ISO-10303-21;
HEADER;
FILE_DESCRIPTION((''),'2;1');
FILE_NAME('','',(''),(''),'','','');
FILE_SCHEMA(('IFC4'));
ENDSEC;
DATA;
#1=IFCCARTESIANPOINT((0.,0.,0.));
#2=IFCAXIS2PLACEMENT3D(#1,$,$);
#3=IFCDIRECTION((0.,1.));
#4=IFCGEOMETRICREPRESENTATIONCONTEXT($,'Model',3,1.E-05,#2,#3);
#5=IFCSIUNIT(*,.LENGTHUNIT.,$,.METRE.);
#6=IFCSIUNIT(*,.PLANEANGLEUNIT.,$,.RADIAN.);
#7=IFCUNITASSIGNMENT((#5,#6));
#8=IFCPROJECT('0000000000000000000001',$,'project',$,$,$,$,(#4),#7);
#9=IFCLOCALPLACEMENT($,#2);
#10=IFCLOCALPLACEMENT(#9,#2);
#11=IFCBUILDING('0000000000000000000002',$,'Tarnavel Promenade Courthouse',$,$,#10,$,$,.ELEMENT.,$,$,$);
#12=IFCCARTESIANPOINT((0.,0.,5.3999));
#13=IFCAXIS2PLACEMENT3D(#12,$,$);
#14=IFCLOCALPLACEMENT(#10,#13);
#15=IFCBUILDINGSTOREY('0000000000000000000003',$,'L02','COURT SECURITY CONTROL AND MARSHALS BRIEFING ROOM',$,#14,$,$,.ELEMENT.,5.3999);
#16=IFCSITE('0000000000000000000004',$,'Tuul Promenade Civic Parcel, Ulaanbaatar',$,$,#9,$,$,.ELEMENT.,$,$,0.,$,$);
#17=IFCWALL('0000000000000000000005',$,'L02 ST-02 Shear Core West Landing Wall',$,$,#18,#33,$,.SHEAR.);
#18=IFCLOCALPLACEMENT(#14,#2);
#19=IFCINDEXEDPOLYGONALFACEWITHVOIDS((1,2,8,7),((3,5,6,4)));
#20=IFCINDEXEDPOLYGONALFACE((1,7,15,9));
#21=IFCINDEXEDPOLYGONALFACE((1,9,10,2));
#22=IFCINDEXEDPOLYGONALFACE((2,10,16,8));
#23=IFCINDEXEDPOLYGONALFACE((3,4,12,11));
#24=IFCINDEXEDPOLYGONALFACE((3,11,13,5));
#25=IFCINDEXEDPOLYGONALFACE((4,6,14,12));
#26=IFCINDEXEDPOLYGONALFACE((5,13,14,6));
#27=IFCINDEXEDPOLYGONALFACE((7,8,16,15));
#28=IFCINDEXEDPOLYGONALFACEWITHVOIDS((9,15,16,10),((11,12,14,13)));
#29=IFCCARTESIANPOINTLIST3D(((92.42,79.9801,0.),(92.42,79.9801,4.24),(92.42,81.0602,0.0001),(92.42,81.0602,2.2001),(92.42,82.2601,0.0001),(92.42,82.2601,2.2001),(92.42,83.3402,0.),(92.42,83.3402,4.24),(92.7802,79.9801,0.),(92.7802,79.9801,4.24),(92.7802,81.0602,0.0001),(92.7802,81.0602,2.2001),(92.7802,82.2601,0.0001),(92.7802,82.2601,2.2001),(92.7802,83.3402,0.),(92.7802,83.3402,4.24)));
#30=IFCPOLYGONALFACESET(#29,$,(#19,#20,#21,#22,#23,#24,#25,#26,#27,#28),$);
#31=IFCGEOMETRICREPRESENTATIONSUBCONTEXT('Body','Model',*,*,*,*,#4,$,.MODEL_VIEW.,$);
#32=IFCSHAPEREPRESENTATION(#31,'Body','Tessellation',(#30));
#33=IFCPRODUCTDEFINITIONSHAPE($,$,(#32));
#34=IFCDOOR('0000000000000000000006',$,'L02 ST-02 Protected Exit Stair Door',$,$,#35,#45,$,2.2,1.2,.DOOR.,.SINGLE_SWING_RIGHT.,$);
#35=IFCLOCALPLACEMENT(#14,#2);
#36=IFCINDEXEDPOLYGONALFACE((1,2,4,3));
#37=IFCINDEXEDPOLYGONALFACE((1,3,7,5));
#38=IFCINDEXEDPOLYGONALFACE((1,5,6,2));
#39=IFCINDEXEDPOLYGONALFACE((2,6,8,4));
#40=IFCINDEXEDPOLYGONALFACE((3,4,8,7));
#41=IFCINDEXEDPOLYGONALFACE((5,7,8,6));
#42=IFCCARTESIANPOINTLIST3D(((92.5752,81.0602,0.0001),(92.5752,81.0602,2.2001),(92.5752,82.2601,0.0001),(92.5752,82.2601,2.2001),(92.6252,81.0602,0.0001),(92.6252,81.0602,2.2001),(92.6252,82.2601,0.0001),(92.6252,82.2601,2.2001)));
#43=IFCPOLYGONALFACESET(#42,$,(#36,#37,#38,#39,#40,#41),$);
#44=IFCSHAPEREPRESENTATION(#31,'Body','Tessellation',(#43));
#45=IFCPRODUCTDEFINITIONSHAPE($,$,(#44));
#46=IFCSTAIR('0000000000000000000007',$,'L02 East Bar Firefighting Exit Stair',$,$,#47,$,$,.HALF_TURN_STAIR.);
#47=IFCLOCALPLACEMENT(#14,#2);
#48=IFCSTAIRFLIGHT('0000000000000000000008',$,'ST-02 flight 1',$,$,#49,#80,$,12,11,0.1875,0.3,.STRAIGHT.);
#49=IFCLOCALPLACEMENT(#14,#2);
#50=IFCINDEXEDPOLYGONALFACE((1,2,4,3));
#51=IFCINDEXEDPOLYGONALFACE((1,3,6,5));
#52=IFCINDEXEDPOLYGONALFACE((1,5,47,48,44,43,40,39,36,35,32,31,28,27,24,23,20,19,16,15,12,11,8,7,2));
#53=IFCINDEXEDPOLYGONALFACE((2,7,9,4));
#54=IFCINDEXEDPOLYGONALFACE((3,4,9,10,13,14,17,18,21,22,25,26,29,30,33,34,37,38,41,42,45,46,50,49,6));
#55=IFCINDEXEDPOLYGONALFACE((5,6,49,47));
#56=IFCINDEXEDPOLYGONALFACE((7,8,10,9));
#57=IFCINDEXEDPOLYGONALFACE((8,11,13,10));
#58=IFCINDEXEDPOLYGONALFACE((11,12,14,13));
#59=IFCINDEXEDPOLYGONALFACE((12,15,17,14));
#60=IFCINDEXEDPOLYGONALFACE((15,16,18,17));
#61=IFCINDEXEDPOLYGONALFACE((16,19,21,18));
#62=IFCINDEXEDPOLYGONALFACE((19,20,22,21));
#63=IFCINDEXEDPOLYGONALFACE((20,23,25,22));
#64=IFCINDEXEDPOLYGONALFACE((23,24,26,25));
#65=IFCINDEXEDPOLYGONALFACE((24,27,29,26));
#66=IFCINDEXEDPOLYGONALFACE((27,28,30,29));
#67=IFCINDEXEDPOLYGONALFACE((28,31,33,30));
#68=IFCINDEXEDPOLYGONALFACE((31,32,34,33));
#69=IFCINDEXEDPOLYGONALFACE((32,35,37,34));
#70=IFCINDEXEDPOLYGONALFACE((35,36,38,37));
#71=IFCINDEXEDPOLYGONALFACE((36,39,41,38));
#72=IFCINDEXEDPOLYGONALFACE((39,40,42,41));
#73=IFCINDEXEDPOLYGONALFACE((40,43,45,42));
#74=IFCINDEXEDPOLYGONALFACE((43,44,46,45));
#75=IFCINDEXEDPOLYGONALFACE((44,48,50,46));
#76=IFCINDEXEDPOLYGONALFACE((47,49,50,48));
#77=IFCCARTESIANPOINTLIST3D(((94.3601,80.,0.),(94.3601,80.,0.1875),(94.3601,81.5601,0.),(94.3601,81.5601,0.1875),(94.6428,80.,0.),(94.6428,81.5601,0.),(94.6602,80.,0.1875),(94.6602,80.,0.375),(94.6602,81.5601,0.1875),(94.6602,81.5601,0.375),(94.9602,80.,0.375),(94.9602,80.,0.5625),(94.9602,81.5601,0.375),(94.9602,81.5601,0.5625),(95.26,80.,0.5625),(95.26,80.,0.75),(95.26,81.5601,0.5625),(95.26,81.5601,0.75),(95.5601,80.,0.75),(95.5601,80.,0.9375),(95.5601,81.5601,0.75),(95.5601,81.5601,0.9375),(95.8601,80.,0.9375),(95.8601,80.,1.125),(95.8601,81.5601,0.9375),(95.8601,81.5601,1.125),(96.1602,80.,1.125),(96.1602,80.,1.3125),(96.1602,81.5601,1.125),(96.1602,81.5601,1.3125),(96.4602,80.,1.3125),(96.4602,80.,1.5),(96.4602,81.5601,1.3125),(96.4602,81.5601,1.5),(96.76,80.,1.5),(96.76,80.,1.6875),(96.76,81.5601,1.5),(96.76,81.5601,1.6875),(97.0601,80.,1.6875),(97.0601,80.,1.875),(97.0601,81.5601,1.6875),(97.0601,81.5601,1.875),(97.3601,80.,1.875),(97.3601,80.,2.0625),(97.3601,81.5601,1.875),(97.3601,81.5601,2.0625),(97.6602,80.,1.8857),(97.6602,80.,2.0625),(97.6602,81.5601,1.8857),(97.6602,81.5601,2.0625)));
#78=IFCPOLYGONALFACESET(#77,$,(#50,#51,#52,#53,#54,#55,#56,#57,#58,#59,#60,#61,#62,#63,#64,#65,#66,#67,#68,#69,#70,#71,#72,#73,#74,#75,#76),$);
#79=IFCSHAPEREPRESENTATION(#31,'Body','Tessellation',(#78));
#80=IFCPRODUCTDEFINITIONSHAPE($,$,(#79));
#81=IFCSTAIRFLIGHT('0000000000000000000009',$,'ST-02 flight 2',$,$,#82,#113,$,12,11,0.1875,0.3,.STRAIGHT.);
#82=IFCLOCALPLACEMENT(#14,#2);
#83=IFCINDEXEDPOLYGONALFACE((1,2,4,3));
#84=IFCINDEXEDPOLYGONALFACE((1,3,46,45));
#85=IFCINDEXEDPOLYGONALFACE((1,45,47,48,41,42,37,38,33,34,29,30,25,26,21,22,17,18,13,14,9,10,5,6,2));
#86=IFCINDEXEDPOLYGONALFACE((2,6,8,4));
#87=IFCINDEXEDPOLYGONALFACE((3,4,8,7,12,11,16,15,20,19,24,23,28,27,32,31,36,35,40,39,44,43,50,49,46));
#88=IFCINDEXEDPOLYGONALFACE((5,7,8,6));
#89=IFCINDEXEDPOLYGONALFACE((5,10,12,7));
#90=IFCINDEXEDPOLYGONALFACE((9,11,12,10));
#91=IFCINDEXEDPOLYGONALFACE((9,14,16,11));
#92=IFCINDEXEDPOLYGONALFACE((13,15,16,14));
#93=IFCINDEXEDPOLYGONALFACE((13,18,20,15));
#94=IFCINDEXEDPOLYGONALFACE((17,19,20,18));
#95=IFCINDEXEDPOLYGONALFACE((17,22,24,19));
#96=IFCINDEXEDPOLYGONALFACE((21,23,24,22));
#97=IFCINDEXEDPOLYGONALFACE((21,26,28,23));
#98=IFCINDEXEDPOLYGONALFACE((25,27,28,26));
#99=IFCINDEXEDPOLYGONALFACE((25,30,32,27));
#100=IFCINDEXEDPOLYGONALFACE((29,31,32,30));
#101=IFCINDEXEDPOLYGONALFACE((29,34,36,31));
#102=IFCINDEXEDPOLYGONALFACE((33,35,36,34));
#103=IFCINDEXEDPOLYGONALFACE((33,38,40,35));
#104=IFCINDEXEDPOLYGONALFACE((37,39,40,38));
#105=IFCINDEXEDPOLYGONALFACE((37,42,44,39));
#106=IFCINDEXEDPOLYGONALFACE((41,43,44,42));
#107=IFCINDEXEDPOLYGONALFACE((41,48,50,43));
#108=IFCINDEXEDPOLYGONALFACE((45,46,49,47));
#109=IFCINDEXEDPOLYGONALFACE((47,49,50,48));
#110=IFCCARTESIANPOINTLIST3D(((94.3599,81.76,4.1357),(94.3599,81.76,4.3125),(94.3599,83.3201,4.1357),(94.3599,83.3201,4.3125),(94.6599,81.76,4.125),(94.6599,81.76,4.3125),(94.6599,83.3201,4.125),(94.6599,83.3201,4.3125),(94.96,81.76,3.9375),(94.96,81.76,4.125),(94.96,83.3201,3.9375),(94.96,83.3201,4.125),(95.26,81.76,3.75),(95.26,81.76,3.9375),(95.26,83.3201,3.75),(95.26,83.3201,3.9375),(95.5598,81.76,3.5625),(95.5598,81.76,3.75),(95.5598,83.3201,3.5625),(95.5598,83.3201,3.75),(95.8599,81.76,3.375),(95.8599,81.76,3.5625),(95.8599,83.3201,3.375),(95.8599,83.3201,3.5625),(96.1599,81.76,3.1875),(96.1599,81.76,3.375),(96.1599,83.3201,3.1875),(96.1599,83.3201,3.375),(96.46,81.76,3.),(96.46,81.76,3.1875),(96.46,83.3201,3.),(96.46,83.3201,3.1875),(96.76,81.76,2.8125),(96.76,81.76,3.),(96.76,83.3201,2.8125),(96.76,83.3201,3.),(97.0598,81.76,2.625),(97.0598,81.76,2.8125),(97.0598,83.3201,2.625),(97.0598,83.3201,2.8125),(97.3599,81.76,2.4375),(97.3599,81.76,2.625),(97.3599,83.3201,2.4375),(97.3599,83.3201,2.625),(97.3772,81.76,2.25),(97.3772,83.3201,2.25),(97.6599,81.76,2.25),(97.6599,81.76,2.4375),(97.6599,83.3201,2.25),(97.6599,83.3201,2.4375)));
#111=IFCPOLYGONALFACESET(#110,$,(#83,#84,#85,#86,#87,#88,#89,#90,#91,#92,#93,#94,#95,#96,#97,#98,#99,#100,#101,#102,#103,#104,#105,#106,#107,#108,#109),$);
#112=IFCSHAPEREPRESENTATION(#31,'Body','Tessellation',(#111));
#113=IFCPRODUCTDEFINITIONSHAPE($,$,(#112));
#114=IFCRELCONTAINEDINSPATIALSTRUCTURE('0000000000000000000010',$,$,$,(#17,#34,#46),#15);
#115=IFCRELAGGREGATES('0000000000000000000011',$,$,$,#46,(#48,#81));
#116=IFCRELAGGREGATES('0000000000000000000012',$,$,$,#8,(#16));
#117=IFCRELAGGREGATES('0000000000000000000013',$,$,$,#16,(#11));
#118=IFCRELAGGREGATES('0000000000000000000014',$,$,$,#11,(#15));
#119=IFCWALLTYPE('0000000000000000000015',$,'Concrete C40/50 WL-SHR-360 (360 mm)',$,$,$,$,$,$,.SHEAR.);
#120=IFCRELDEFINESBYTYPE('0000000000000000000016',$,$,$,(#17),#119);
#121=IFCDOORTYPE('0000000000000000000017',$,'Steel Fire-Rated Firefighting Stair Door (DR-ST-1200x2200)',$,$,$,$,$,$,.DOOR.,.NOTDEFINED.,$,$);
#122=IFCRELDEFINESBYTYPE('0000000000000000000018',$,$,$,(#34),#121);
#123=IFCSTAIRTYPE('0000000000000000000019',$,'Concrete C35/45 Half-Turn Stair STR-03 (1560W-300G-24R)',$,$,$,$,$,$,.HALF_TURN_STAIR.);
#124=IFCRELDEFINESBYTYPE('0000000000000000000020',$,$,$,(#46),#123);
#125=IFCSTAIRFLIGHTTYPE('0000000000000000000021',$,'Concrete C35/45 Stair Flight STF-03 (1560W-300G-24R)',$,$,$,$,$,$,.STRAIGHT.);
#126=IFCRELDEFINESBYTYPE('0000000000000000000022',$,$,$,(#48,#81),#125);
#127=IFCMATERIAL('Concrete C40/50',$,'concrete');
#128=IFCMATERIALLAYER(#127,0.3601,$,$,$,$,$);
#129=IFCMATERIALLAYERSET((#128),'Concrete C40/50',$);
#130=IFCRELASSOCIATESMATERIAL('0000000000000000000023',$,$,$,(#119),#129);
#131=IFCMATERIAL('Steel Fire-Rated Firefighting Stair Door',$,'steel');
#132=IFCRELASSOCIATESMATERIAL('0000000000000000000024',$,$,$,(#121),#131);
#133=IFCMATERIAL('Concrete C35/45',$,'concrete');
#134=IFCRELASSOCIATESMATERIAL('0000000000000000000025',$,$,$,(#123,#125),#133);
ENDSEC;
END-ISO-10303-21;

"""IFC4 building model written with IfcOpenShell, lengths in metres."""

from ifc_helpers import new_model, si_unit, direction, frame, frame_2d, origin, place, context, subcontext, project, spatial, polyline, rectangle, outline, extrude, material, layer, layer_set, type_object, element, fill, aggregate, save


model = new_model("IFC4")

# Units and contexts
model_context = context("Model", 3, precision=1e-05, world=origin(), true_north=direction((0.0, 1.0)))
body_context = subcontext(model_context, "Body", "Model", "MODEL_VIEW")
ifc_project = project(units=[si_unit("LENGTHUNIT", "METRE"), si_unit("PLANEANGLEUNIT", "RADIAN")], contexts=[model_context])

# Site, building, storey
site_placement = place(None, origin())
site = spatial("IfcSite", under=ifc_project, at=site_placement, Name="Tuul Promenade Civic Parcel, Ulaanbaatar", CompositionType="ELEMENT", RefElevation=0.0)
building_placement = place(site_placement, origin())
building = spatial("IfcBuilding", under=site, at=building_placement, Name="Tarnavel Promenade Courthouse", CompositionType="ELEMENT")
storey_placement = place(building_placement, frame((0.0, 0.0, 5.3999)))
storey = spatial("IfcBuildingStorey", under=building, at=storey_placement, Name="L02", Description="COURT SECURITY CONTROL AND MARSHALS BRIEFING ROOM", CompositionType="ELEMENT", Elevation=5.3999)

# Shared definitions
ifc_material_1 = material(Name="Concrete C40/50", Category="concrete")

# Shared definitions
ifc_layer_1 = layer(ifc_material_1, 0.3601)
ifc_layer_set_1 = layer_set([ifc_layer_1], Name="Concrete C40/50")
wall_type_1 = type_object("IfcWallType", Name="Concrete C40/50 WL-SHR-360 (360 mm)", PredefinedType="SHEAR", material=ifc_layer_set_1)

# Wall, opening, door
wall_1_placement = place(storey_placement, frame((92.6001, 79.98, 0.0), z_axis=(0.0, 0.0, 1.0), x_axis=(0.0, 1.0, 0.0)))
wall_1 = element("IfcWall", 1, at=wall_1_placement, inside=storey, type_object=wall_type_1, Name="L02 ST-02 Shear Core West Landing Wall", PredefinedType="SHEAR", context=body_context, shape_type="SweptSolid", body=[
    extrude(rectangle(XDim=3.3601, YDim=0.3601, at=frame_2d((1.6802, 0.0))), origin(), (0.0, 0.0, 1.0), 4.24),
])
opening_1_placement = place(wall_1_placement, frame((1.0801, 0.0, 0.0)))
opening_1 = element("IfcOpeningElement", 2, at=opening_1_placement, cuts=wall_1, PredefinedType="OPENING", context=body_context, shape_type="SweptSolid", body=[
    extrude(rectangle(XDim=1.2, YDim=2.2, at=frame_2d((0.6001, 1.1001))), frame((0.0, 0.1899, 0.0), z_axis=(0.0, -1.0, 0.0), x_axis=(1.0, 0.0, 0.0)), (0.0, 0.0, 1.0), 0.3801),
])
ifc_material_2 = material(Name="Steel Fire-Rated Firefighting Stair Door", Category="steel")
door_type_1 = type_object("IfcDoorType", Name="Steel Fire-Rated Firefighting Stair Door (DR-ST-1200x2200)", OperationType="NOTDEFINED", PredefinedType="DOOR", material=ifc_material_2)
door_1_placement = place(opening_1_placement, origin())
door_1 = element("IfcDoor", 3, at=door_1_placement, inside=storey, type_object=door_type_1, Name="L02 ST-02 Protected Exit Stair Door", OperationType="SINGLE_SWING_RIGHT", OverallHeight=2.2, OverallWidth=1.2, PredefinedType="DOOR", context=body_context, shape_type="SweptSolid", body=[
    extrude(rectangle(XDim=1.2, YDim=2.2, at=frame_2d((0.6001, 1.1001))), frame((0.0, 0.0249, 0.0), z_axis=(0.0, -1.0, 0.0), x_axis=(1.0, 0.0, 0.0)), (0.0, 0.0, 1.0), 0.05),
])
fill(opening_1, door_1)

# Stair, stair flights
ifc_material_3 = material(Name="Concrete C35/45", Category="concrete")
stair_type = type_object("IfcStairType", Name="Concrete C35/45 Half-Turn Stair STR-03 (1560W-300G-24R)", PredefinedType="HALF_TURN_STAIR", material=ifc_material_3)
stair_placement = place(storey_placement, origin())
stair = element("IfcStair", 4, at=stair_placement, inside=storey, type_object=stair_type, Name="L02 East Bar Firefighting Exit Stair", PredefinedType="HALF_TURN_STAIR")
stair_flight_type = type_object("IfcStairFlightType", Name="Concrete C35/45 Stair Flight STF-03 (1560W-300G-24R)", PredefinedType="STRAIGHT", material=ifc_material_3)
stair_flight_1_placement = place(storey_placement, frame((94.3601, 80.78, 0.0), z_axis=(0.0, 0.0, 1.0), x_axis=(1.0, 0.0, 0.0)))
stair_flight_1 = element("IfcStairFlight", 5, at=stair_flight_1_placement, type_object=stair_flight_type, Name="ST-02 flight 1", NumberOfRisers=12, NumberOfTreads=11, PredefinedType="STRAIGHT", RiserHeight=0.1875, TreadLength=0.3, context=body_context, shape_type="SweptSolid", body=[
    extrude(outline(polyline([(0.0, 0.0), (0.0, 0.1875), (0.3, 0.1875), (0.3, 0.375), (0.6001, 0.375), (0.6001, 0.5625), (0.8999, 0.5625), (0.8999, 0.75), (1.2, 0.75), (1.2, 0.9375), (1.5, 0.9375), (1.5, 1.125), (1.8, 1.125), (1.8, 1.3125), (2.1001, 1.3125), (2.1001, 1.5), (2.3999, 1.5), (2.3999, 1.6875), (2.7, 1.6875), (2.7, 1.875), (3.0, 1.875), (3.0, 2.0625), (3.3, 2.0625), (3.3, 2.25), (3.3, 1.8857), (0.2827, 0.0), (0.0, 0.0)])), frame((0.0, 0.78, 0.0), z_axis=(0.0, -1.0, 0.0), x_axis=(1.0, 0.0, 0.0)), (0.0, 0.0, 1.0), 1.5601),
])
stair_flight_2_placement = place(storey_placement, frame((97.6599, 82.54, 2.25), z_axis=(0.0, 0.0, 1.0), x_axis=(-1.0, 0.0, 0.0)))
stair_flight_2 = element("IfcStairFlight", 6, at=stair_flight_2_placement, type_object=stair_flight_type, Name="ST-02 flight 2", NumberOfRisers=12, NumberOfTreads=11, PredefinedType="STRAIGHT", RiserHeight=0.1875, TreadLength=0.3, context=body_context, shape_type="SweptSolid", body=[
    extrude(outline(polyline([(0.0, 0.0), (0.0, 0.1875), (0.3, 0.1875), (0.3, 0.375), (0.6001, 0.375), (0.6001, 0.5625), (0.8999, 0.5625), (0.8999, 0.75), (1.2, 0.75), (1.2, 0.9375), (1.5, 0.9375), (1.5, 1.125), (1.8, 1.125), (1.8, 1.3125), (2.1001, 1.3125), (2.1001, 1.5), (2.3999, 1.5), (2.3999, 1.6875), (2.7, 1.6875), (2.7, 1.875), (3.0, 1.875), (3.0, 2.0625), (3.3, 2.0625), (3.3, 2.25), (3.3, 1.8857), (0.2827, 0.0), (0.0, 0.0)])), frame((0.0, 0.78, 0.0), z_axis=(0.0, -1.0, 0.0), x_axis=(1.0, 0.0, 0.0)), (0.0, 0.0, 1.0), 1.5601),
])
aggregate(stair, [stair_flight_1, stair_flight_2])

save(model, "model.ifc")
